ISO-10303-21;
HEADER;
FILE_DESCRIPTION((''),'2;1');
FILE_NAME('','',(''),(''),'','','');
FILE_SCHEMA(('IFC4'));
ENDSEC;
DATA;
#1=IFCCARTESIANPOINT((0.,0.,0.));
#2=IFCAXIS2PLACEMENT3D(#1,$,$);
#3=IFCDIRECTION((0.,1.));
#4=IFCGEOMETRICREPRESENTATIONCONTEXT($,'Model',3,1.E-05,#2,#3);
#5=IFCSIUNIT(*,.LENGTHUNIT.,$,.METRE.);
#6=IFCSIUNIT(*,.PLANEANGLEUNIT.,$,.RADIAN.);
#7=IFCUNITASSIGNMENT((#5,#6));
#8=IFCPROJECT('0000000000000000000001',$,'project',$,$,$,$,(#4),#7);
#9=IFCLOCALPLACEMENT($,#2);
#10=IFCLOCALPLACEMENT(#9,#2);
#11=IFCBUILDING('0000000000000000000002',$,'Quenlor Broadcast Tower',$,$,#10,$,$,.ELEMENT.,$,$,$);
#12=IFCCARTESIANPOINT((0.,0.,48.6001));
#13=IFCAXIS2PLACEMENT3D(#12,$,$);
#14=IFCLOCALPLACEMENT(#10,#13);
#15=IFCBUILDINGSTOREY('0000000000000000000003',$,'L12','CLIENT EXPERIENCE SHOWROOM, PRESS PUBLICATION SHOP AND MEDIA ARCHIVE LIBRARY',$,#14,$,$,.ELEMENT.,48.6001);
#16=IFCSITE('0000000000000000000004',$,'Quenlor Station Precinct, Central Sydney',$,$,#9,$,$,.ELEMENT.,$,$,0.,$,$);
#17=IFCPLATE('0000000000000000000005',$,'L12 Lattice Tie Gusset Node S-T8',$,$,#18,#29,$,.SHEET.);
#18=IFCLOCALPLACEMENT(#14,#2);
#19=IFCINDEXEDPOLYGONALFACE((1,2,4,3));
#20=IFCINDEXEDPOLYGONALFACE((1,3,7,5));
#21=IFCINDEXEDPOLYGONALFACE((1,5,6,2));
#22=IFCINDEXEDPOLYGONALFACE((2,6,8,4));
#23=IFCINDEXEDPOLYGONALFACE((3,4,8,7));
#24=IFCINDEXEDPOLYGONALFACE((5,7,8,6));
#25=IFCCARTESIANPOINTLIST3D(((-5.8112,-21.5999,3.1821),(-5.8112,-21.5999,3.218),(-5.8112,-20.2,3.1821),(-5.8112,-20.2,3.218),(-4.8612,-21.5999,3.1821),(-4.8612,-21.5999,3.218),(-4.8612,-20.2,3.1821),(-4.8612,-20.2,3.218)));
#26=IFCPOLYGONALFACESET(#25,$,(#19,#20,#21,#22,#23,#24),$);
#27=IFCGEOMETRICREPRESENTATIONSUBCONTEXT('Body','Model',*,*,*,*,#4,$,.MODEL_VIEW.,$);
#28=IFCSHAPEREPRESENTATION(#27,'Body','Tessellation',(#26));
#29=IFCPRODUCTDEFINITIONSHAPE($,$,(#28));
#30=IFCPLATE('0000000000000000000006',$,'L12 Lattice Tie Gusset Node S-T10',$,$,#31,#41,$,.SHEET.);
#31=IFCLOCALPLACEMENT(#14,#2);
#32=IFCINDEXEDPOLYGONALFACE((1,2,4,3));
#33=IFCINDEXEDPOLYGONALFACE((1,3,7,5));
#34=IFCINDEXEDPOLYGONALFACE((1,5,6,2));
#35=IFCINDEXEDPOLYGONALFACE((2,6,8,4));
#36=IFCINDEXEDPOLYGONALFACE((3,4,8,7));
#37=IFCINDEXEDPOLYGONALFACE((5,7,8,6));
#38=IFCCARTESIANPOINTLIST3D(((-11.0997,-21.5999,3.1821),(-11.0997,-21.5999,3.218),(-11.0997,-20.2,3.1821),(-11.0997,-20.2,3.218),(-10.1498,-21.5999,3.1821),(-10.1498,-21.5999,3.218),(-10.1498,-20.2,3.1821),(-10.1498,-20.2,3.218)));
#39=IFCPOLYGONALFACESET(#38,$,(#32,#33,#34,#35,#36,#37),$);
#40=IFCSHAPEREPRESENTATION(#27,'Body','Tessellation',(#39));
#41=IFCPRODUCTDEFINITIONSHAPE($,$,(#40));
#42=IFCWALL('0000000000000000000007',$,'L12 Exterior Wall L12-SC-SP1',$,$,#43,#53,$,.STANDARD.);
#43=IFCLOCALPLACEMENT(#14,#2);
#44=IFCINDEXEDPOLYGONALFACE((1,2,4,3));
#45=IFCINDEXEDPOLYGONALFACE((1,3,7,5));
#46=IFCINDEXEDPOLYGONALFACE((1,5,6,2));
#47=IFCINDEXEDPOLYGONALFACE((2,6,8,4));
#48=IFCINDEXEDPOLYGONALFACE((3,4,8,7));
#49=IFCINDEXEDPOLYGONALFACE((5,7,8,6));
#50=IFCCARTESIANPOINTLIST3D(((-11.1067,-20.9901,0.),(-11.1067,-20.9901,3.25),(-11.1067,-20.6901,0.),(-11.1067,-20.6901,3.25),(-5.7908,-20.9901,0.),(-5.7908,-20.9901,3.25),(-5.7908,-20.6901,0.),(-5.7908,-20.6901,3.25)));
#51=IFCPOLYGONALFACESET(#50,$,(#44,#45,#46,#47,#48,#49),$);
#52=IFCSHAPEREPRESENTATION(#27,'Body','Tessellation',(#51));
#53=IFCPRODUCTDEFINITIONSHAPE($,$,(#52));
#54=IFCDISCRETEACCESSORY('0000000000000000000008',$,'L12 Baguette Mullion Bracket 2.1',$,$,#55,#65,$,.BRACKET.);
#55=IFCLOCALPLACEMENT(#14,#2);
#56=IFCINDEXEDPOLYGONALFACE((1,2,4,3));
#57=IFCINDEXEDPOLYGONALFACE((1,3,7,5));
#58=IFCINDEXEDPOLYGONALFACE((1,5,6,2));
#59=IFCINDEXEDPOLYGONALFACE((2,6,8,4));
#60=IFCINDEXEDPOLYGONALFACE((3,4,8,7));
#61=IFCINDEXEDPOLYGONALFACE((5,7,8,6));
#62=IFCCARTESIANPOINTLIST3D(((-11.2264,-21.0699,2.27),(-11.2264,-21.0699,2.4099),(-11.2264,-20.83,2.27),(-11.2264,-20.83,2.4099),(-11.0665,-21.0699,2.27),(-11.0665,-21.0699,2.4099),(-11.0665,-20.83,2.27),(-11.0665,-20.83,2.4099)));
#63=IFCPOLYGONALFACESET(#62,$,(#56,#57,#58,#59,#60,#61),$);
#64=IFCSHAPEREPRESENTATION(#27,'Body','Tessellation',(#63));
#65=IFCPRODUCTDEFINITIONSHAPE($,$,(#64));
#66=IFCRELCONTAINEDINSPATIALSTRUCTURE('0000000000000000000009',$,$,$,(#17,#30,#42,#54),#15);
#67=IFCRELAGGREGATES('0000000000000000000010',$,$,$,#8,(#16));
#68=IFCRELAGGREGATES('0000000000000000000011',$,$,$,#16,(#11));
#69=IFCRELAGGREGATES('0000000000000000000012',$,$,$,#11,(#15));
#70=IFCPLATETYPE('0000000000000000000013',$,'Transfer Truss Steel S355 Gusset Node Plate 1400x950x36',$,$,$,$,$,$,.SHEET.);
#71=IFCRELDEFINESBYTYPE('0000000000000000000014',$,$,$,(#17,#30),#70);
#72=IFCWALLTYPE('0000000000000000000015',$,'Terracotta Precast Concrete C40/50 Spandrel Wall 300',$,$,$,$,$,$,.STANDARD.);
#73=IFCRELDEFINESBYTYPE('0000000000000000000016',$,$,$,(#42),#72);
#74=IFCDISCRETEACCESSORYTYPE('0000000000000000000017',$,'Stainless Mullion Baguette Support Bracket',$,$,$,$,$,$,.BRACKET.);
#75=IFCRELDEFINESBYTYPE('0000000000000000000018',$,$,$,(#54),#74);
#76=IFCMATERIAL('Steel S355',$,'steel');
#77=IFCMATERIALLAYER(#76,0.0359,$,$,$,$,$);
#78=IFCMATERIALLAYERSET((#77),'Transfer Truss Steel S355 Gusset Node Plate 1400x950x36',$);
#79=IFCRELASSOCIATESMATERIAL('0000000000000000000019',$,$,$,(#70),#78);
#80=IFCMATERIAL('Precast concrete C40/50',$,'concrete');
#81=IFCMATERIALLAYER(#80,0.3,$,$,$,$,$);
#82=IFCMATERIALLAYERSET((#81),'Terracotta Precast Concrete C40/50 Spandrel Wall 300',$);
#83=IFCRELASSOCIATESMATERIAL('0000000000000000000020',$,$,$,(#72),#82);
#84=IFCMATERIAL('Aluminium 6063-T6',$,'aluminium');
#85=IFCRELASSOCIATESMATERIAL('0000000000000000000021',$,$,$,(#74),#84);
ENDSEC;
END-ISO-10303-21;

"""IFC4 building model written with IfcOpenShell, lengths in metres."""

from ifc_helpers import new_model, si_unit, direction, frame, frame_2d, origin, origin_2d, place, context, subcontext, project, spatial, rectangle, extrude, material, layer, layer_set, type_object, element, save


model = new_model("IFC4")

# Units and contexts
model_context = context("Model", 3, precision=1e-05, world=origin(), true_north=direction((0.0, 1.0)))
body_context = subcontext(model_context, "Body", "Model", "MODEL_VIEW")
ifc_project = project(units=[si_unit("LENGTHUNIT", "METRE"), si_unit("PLANEANGLEUNIT", "RADIAN")], contexts=[model_context])

# Site, building, storey
site_placement = place(None, origin())
site = spatial("IfcSite", under=ifc_project, at=site_placement, Name="Quenlor Station Precinct, Central Sydney", CompositionType="ELEMENT", RefElevation=0.0)
building_placement = place(site_placement, origin())
building = spatial("IfcBuilding", under=site, at=building_placement, Name="Quenlor Broadcast Tower", CompositionType="ELEMENT")
storey_placement = place(building_placement, frame((0.0, 0.0, 48.6001)))
storey = spatial("IfcBuildingStorey", under=building, at=storey_placement, Name="L12", Description="CLIENT EXPERIENCE SHOWROOM, PRESS PUBLICATION SHOP AND MEDIA ARCHIVE LIBRARY", CompositionType="ELEMENT", Elevation=48.6001)

# Plates
ifc_material_1 = material(Name="Steel S355", Category="steel")
ifc_layer_1 = layer(ifc_material_1, 0.0359)
ifc_layer_set_1 = layer_set([ifc_layer_1], Name="Transfer Truss Steel S355 Gusset Node Plate 1400x950x36")
plate_type_1 = type_object("IfcPlateType", Name="Transfer Truss Steel S355 Gusset Node Plate 1400x950x36", PredefinedType="SHEET", material=ifc_layer_set_1)
for number, where, z_axis, x_axis, name in (
    (1, (-5.3362, -20.8999, 3.1821), (0.0, 0.0, 1.0), (0.0, -1.0, 0.0), "L12 Lattice Tie Gusset Node S-T8"),
    (2, (-10.6248, -20.8999, 3.1821), (0.0, 0.0, 1.0), (0.0, -1.0, 0.0), "L12 Lattice Tie Gusset Node S-T10"),
):
    element("IfcPlate", number, at=place(storey_placement, frame(where, z_axis=z_axis, x_axis=x_axis)), inside=storey, type_object=plate_type_1, Name=name, PredefinedType="SHEET", context=body_context, shape_type="SweptSolid", body=[
        extrude(rectangle(XDim=1.3999, YDim=0.95, at=origin_2d()), origin(), (0.0, 0.0, 1.0), 0.0359),
    ])

# Wall
ifc_material_2 = material(Name="Precast concrete C40/50", Category="concrete")
ifc_layer_2 = layer(ifc_material_2, 0.3)
ifc_layer_set_2 = layer_set([ifc_layer_2], Name="Terracotta Precast Concrete C40/50 Spandrel Wall 300")
wall_type = type_object("IfcWallType", Name="Terracotta Precast Concrete C40/50 Spandrel Wall 300", PredefinedType="STANDARD", material=ifc_layer_set_2)
wall_placement = place(storey_placement, frame((-5.7908, -20.8401, 0.0), z_axis=(0.0, 0.0, 1.0), x_axis=(-1.0, 0.0, 0.0)))
element("IfcWall", 3, at=wall_placement, inside=storey, type_object=wall_type, Name="L12 Exterior Wall L12-SC-SP1", PredefinedType="STANDARD", context=body_context, shape_type="SweptSolid", body=[
    extrude(rectangle(XDim=5.3159, YDim=0.3, at=frame_2d((2.658, 0.0))), origin(), (0.0, 0.0, 1.0), 3.25),
])

# Discrete accessory
ifc_material_3 = material(Name="Aluminium 6063-T6", Category="aluminium")
discrete_accessory_type = type_object("IfcDiscreteAccessoryType", Name="Stainless Mullion Baguette Support Bracket", PredefinedType="BRACKET", material=ifc_material_3)
discrete_accessory_placement = place(storey_placement, frame((-11.1465, -20.95, 2.27), z_axis=(0.0, 0.0, 1.0), x_axis=(-1.0, 0.0, 0.0)))
element("IfcDiscreteAccessory", 4, at=discrete_accessory_placement, inside=storey, type_object=discrete_accessory_type, Name="L12 Baguette Mullion Bracket 2.1", PredefinedType="BRACKET", context=body_context, shape_type="SweptSolid", body=[
    extrude(rectangle(XDim=0.1599, YDim=0.24, at=origin_2d()), origin(), (0.0, 0.0, 1.0), 0.1399),
])

save(model, "model.ifc")
